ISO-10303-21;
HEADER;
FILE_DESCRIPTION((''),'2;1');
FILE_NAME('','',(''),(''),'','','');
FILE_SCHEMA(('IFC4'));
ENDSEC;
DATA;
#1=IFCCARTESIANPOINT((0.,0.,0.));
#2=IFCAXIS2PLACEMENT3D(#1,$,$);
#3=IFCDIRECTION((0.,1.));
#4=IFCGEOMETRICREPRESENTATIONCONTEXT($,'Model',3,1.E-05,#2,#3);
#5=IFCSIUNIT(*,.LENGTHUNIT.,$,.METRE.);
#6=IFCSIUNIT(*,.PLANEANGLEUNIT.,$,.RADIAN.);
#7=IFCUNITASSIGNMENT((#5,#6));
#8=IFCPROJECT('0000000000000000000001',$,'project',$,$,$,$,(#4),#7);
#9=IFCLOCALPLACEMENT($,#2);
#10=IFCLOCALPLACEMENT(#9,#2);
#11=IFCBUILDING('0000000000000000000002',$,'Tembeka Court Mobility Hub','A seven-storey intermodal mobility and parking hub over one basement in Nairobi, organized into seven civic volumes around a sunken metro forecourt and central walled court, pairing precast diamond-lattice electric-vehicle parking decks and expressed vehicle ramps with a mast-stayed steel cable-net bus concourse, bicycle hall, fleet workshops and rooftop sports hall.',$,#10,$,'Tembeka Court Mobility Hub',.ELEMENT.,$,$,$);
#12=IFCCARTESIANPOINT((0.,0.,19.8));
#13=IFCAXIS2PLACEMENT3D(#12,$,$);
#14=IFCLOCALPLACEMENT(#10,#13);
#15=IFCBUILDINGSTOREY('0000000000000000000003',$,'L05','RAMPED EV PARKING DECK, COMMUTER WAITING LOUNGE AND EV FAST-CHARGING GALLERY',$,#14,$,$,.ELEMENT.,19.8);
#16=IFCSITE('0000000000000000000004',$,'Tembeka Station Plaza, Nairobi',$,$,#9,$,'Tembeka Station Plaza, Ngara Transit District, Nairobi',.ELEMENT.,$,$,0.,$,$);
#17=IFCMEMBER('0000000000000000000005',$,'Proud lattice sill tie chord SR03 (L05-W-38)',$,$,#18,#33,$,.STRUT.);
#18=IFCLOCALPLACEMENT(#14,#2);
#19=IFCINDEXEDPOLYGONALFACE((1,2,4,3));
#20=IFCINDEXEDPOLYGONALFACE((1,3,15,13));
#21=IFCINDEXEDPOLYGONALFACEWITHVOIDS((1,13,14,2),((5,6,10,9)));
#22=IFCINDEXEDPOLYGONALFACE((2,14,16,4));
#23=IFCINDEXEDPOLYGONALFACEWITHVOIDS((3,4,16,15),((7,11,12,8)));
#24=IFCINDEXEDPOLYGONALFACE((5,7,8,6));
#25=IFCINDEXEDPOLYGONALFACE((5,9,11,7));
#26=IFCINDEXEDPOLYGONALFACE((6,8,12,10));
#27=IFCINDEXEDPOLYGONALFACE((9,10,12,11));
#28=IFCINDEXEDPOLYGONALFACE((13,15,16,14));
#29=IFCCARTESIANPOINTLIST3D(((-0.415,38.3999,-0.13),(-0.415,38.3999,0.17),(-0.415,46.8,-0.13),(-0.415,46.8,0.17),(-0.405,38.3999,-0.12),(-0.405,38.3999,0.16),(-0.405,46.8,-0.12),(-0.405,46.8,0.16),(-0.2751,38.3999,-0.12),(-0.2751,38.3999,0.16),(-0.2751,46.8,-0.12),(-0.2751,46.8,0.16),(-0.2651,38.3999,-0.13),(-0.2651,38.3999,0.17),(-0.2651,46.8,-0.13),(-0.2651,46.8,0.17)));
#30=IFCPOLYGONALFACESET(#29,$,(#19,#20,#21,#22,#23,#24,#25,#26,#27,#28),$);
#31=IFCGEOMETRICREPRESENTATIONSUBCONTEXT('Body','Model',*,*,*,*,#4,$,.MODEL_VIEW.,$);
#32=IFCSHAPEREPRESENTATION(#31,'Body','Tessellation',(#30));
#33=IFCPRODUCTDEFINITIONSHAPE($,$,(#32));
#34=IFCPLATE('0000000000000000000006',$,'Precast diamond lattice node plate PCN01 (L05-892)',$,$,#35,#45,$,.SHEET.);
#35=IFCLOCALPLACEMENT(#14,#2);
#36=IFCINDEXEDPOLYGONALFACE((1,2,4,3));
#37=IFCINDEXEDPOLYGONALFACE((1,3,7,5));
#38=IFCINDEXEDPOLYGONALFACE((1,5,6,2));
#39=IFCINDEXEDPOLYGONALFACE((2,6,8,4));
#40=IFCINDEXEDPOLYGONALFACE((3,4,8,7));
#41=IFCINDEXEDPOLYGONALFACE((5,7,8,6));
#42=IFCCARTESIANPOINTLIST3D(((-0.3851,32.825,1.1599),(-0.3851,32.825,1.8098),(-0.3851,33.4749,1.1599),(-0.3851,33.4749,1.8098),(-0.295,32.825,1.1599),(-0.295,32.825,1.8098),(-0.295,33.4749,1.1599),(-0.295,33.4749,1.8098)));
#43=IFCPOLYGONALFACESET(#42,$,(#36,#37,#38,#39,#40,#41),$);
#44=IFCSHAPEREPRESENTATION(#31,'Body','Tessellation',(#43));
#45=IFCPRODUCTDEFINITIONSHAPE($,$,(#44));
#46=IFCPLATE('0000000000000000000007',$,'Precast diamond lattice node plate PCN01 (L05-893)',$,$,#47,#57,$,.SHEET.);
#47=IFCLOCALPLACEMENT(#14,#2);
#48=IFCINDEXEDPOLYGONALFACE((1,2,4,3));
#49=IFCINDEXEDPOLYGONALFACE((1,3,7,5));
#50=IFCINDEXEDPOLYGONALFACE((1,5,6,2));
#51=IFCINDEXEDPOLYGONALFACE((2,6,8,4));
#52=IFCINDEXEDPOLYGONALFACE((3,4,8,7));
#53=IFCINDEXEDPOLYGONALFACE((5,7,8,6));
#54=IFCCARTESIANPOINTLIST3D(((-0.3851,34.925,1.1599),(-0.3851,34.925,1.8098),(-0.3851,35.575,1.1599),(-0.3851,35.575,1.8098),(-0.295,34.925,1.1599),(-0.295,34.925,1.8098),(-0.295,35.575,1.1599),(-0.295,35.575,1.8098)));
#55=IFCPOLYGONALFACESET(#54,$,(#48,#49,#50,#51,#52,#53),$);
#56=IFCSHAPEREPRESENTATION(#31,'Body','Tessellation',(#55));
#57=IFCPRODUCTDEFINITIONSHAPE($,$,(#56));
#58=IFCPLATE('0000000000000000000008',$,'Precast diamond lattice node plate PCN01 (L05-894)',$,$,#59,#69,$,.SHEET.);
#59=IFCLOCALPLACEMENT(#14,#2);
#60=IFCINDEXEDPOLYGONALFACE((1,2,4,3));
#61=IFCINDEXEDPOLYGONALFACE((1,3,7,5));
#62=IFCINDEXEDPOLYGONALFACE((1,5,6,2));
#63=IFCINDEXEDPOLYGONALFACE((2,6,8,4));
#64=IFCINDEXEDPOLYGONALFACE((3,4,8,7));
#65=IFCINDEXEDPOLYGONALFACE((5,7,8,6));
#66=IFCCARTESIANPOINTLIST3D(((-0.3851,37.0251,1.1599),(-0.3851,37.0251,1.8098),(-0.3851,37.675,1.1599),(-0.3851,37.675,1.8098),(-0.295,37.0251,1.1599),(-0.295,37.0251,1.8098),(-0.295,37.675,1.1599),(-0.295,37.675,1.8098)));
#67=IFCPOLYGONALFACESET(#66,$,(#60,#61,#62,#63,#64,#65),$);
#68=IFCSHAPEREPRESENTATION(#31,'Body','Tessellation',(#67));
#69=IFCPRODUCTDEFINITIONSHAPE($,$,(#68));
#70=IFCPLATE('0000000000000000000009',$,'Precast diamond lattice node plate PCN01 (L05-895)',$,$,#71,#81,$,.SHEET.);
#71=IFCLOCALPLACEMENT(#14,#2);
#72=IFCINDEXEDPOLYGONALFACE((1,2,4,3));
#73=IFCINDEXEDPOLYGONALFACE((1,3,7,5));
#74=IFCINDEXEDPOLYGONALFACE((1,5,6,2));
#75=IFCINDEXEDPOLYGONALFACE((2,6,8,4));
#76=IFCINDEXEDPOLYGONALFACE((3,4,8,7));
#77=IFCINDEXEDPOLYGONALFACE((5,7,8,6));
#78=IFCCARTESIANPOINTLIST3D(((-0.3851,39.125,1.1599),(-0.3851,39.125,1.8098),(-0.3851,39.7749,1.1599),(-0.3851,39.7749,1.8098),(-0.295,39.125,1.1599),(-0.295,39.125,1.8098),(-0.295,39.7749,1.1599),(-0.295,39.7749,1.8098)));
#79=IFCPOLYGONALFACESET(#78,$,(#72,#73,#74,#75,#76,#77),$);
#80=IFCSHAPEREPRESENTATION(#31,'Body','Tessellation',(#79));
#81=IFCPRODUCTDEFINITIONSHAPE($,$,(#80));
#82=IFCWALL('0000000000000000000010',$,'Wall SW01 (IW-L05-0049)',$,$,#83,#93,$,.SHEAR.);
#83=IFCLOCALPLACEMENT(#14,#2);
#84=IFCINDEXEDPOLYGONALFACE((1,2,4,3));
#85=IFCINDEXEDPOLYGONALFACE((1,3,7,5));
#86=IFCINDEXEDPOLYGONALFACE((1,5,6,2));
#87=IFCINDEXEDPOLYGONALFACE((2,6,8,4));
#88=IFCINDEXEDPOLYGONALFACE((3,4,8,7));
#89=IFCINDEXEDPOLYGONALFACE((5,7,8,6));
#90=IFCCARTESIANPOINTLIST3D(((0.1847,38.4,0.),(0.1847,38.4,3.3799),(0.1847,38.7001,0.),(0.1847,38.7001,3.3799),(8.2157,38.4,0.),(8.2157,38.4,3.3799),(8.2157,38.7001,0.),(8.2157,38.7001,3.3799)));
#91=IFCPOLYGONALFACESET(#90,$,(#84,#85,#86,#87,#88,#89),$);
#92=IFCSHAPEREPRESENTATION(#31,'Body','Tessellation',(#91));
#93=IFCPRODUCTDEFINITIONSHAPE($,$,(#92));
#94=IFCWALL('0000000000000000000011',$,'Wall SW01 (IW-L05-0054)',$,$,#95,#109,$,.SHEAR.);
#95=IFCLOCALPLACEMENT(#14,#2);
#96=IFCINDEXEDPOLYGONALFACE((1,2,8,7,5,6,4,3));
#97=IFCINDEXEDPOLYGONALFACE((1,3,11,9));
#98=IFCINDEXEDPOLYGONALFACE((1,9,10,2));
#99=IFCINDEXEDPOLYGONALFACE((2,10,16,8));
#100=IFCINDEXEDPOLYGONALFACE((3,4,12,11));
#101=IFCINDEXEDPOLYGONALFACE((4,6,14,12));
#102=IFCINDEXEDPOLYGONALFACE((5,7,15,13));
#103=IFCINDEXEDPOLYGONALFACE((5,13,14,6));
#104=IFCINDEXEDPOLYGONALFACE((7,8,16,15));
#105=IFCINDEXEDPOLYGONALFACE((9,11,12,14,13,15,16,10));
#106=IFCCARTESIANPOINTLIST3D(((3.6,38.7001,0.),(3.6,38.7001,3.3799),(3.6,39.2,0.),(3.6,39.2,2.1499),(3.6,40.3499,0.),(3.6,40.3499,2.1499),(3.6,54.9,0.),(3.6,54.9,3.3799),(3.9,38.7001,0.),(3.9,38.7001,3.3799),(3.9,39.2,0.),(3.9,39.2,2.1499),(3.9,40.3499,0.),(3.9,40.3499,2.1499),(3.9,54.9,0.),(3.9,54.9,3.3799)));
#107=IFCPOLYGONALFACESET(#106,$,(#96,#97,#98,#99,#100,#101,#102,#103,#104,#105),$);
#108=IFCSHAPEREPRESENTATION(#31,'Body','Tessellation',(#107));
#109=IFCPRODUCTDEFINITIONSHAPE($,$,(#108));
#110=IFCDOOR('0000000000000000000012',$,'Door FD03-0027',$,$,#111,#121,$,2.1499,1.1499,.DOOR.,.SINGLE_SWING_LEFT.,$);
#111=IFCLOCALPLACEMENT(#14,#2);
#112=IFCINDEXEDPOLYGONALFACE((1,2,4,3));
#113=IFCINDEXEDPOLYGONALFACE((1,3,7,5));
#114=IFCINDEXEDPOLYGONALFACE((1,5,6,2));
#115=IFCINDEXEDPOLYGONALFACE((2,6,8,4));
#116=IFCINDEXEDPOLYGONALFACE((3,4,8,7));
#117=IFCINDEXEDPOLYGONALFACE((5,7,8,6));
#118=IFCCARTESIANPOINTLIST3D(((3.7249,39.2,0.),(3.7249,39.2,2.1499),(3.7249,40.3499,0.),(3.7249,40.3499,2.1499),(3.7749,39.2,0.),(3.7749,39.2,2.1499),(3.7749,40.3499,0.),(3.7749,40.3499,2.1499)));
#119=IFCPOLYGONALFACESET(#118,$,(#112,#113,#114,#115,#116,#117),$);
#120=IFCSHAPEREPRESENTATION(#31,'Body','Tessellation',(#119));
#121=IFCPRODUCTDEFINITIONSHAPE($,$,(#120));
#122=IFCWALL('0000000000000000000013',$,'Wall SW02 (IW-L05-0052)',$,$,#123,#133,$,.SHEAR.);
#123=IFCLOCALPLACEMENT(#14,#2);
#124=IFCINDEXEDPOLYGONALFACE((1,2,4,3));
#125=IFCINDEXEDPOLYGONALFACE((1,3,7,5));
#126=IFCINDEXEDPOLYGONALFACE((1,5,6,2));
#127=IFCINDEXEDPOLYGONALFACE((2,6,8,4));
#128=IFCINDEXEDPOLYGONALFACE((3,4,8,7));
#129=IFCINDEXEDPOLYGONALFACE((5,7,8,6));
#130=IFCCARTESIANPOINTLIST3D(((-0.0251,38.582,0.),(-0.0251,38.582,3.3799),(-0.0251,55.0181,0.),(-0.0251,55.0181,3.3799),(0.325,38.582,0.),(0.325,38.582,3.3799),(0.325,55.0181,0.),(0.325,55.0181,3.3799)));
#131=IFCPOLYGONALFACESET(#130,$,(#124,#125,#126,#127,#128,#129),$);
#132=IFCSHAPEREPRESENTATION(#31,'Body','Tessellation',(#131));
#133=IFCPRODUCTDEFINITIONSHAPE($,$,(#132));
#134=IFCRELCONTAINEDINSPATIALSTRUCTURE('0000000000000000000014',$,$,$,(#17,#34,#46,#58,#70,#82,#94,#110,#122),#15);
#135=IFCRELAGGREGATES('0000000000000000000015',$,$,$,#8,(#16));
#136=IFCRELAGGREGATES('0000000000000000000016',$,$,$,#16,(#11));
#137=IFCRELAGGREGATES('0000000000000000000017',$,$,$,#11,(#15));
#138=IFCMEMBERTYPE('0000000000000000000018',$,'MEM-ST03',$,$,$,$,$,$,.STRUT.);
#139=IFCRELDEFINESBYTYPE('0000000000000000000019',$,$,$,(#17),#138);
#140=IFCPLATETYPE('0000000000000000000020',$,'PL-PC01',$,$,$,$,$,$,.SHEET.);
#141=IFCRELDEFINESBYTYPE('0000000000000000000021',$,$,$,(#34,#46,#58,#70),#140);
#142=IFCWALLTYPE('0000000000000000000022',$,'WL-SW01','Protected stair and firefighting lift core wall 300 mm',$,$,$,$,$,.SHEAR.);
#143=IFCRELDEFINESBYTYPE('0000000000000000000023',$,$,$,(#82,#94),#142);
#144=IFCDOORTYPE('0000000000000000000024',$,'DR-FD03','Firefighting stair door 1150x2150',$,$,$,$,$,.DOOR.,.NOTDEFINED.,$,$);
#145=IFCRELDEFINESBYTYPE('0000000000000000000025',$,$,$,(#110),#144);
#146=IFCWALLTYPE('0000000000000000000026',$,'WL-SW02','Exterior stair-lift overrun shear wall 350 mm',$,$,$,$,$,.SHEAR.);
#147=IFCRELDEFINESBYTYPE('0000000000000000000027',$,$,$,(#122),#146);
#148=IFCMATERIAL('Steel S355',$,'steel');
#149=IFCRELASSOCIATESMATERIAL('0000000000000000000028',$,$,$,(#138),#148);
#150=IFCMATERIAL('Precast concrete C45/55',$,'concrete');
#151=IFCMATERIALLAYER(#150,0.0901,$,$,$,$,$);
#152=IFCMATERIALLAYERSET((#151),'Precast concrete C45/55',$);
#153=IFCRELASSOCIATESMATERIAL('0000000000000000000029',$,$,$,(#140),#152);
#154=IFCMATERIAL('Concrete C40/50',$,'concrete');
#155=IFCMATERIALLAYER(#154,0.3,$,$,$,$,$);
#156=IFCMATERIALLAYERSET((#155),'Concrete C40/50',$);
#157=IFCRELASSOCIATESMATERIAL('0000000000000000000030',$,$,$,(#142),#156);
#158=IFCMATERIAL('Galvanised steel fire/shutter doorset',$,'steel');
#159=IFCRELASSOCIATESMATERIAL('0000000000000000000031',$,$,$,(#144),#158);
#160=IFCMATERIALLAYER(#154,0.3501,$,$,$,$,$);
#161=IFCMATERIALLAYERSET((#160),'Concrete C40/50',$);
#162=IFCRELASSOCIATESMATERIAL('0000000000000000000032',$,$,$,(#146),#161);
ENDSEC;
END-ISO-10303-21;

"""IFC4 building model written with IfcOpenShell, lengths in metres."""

from ifc_helpers import new_model, si_unit, direction, frame, frame_2d, origin, origin_2d, place, context, subcontext, project, spatial, rectangle, hollow_rectangle, extrude, material, layer, layer_set, material_profile, profile_set, type_object, element, fill, save


model = new_model("IFC4")

# Units and contexts
model_context = context("Model", 3, precision=1e-05, world=origin(), true_north=direction((0.0, 1.0)))
body_context = subcontext(model_context, "Body", "Model", "MODEL_VIEW")
ifc_project = project(units=[si_unit("LENGTHUNIT", "METRE"), si_unit("PLANEANGLEUNIT", "RADIAN")], contexts=[model_context])

# Site, building, storey
site_placement = place(None, origin())
site = spatial("IfcSite", under=ifc_project, at=site_placement, Name="Tembeka Station Plaza, Nairobi", LongName="Tembeka Station Plaza, Ngara Transit District, Nairobi", CompositionType="ELEMENT", RefElevation=0.0)
building_placement = place(site_placement, origin())
building = spatial("IfcBuilding", under=site, at=building_placement, Name="Tembeka Court Mobility Hub", Description="A seven-storey intermodal mobility and parking hub over one basement in Nairobi, organized into seven civic volumes around a sunken metro forecourt and central walled court, pairing precast diamond-lattice electric-vehicle parking decks and expressed vehicle ramps with a mast-stayed steel cable-net bus concourse, bicycle hall, fleet workshops and rooftop sports hall.", LongName="Tembeka Court Mobility Hub", CompositionType="ELEMENT")
storey_placement = place(building_placement, frame((0.0, 0.0, 19.8)))
storey = spatial("IfcBuildingStorey", under=building, at=storey_placement, Name="L05", Description="RAMPED EV PARKING DECK, COMMUTER WAITING LOUNGE AND EV FAST-CHARGING GALLERY", CompositionType="ELEMENT", Elevation=19.8)

# Shared definitions
ifc_material_1 = material(Name="Steel S355", Category="steel")

# Shared definitions
ifc_material_2 = material(Name="Precast concrete C45/55", Category="concrete")

# Member
ifc_material_profile_1 = material_profile(ifc_material_1, hollow_rectangle(XDim=0.1499, YDim=0.3, WallThickness=0.01, at=origin_2d()), Name="RHS 300x150x10")
ifc_profile_set_1 = profile_set([ifc_material_profile_1], Name="Steel S355")
member_type_1 = type_object("IfcMemberType", Name="MEM-ST03", PredefinedType="STRUT", material=ifc_profile_set_1)
member_1_placement = place(storey_placement, frame((-0.3401, 38.3999, 0.02), z_axis=(0.0, 1.0, 0.0), x_axis=(-1.0, 0.0, 0.0)))
element("IfcMember", 1, at=member_1_placement, inside=storey, type_object=member_type_1, Name="Proud lattice sill tie chord SR03 (L05-W-38)", PredefinedType="STRUT", context=body_context, shape_type="SweptSolid", body=[
    extrude(hollow_rectangle(XDim=0.1499, YDim=0.3, WallThickness=0.01, at=origin_2d()), origin(), (0.0, 0.0, 1.0), 8.4001),
])

# Plates
ifc_layer_1 = layer(ifc_material_2, 0.0901)
ifc_layer_set_1 = layer_set([ifc_layer_1], Name="Precast concrete C45/55")
plate_type = type_object("IfcPlateType", Name="PL-PC01", PredefinedType="SHEET", material=ifc_layer_set_1)
for number, where, z_axis, x_axis, name in (
    (2, (-0.3401, 33.1499, 1.1599), (0.0, 0.0, 1.0), (1.0, 0.0, 0.0), "Precast diamond lattice node plate PCN01 (L05-892)"),
    (3, (-0.3401, 35.25, 1.1599), (0.0, 0.0, 1.0), (1.0, 0.0, 0.0), "Precast diamond lattice node plate PCN01 (L05-893)"),
    (4, (-0.3401, 37.3501, 1.1599), (0.0, 0.0, 1.0), (1.0, 0.0, 0.0), "Precast diamond lattice node plate PCN01 (L05-894)"),
    (5, (-0.3401, 39.45, 1.1599), (0.0, 0.0, 1.0), (1.0, 0.0, 0.0), "Precast diamond lattice node plate PCN01 (L05-895)"),
):
    element("IfcPlate", number, at=place(storey_placement, frame(where, z_axis=z_axis, x_axis=x_axis)), inside=storey, type_object=plate_type, Name=name, PredefinedType="SHEET", context=body_context, shape_type="SweptSolid", body=[
        extrude(rectangle(XDim=0.0901, YDim=0.6499, at=origin_2d()), origin(), (0.0, 0.0, 1.0), 0.6499),
    ])

# Wall
ifc_material_3 = material(Name="Concrete C40/50", Category="concrete")
ifc_layer_2 = layer(ifc_material_3, 0.3)
ifc_layer_set_2 = layer_set([ifc_layer_2], Name="Concrete C40/50")
wall_type_1 = type_object("IfcWallType", Name="WL-SW01", Description="Protected stair and firefighting lift core wall 300 mm", PredefinedType="SHEAR", material=ifc_layer_set_2)
wall_1_placement = place(storey_placement, frame((0.1846, 38.55, 0.0), z_axis=(0.0, 0.0, 1.0), x_axis=(1.0, 0.0, 0.0)))
element("IfcWall", 6, at=wall_1_placement, inside=storey, type_object=wall_type_1, Name="Wall SW01 (IW-L05-0049)", PredefinedType="SHEAR", context=body_context, shape_type="SweptSolid", body=[
    extrude(rectangle(XDim=8.031, YDim=0.3, at=frame_2d((4.0156, 0.0))), origin(), (0.0, 0.0, 1.0), 3.3799),
])

# Wall, opening, door
wall_2_placement = place(storey_placement, frame((3.75, 38.7, 0.0), z_axis=(0.0, 0.0, 1.0), x_axis=(0.0, 1.0, 0.0)))
wall_2 = element("IfcWall", 7, at=wall_2_placement, inside=storey, type_object=wall_type_1, Name="Wall SW01 (IW-L05-0054)", PredefinedType="SHEAR", context=body_context, shape_type="SweptSolid", body=[
    extrude(rectangle(XDim=16.2, YDim=0.3, at=frame_2d((8.1001, 0.0))), origin(), (0.0, 0.0, 1.0), 3.3799),
])
opening_placement = place(wall_2_placement, frame((0.5, 0.0, 0.0)))
opening = element("IfcOpeningElement", 8, at=opening_placement, cuts=wall_2, PredefinedType="OPENING", context=body_context, shape_type="SweptSolid", body=[
    extrude(rectangle(XDim=1.1499, YDim=2.1499, at=frame_2d((0.575, 1.075))), frame((0.0, 0.1602, 0.0), z_axis=(0.0, -1.0, 0.0), x_axis=(1.0, 0.0, 0.0)), (0.0, 0.0, 1.0), 0.3201),
])
ifc_material_4 = material(Name="Galvanised steel fire/shutter doorset", Category="steel")
door_type = type_object("IfcDoorType", Name="DR-FD03", Description="Firefighting stair door 1150x2150", OperationType="NOTDEFINED", PredefinedType="DOOR", material=ifc_material_4)
door_placement = place(opening_placement, frame((1.1499, 0.0, 0.0), z_axis=(0.0, 0.0, 1.0), x_axis=(-1.0, 0.0, 0.0)))
door = element("IfcDoor", 9, at=door_placement, inside=storey, type_object=door_type, Name="Door FD03-0027", OperationType="SINGLE_SWING_LEFT", OverallHeight=2.1499, OverallWidth=1.1499, PredefinedType="DOOR", context=body_context, shape_type="SweptSolid", body=[
    extrude(rectangle(XDim=1.1499, YDim=2.1499, at=frame_2d((0.575, 1.075))), frame((0.0, 0.0249, 0.0), z_axis=(0.0, -1.0, 0.0), x_axis=(1.0, 0.0, 0.0)), (0.0, 0.0, 1.0), 0.05),
])
fill(opening, door)

# Wall
ifc_layer_3 = layer(ifc_material_3, 0.3501)
ifc_layer_set_3 = layer_set([ifc_layer_3], Name="Concrete C40/50")
wall_type_2 = type_object("IfcWallType", Name="WL-SW02", Description="Exterior stair-lift overrun shear wall 350 mm", PredefinedType="SHEAR", material=ifc_layer_set_3)
wall_3_placement = place(storey_placement, frame((0.1499, 38.582, 0.0), z_axis=(0.0, 0.0, 1.0), x_axis=(0.0, 1.0, 0.0)))
element("IfcWall", 10, at=wall_3_placement, inside=storey, type_object=wall_type_2, Name="Wall SW02 (IW-L05-0052)", PredefinedType="SHEAR", context=body_context, shape_type="SweptSolid", body=[
    extrude(rectangle(XDim=16.436, YDim=0.3501, at=frame_2d((8.218, 0.0))), origin(), (0.0, 0.0, 1.0), 3.3799),
])

save(model, "model.ifc")
